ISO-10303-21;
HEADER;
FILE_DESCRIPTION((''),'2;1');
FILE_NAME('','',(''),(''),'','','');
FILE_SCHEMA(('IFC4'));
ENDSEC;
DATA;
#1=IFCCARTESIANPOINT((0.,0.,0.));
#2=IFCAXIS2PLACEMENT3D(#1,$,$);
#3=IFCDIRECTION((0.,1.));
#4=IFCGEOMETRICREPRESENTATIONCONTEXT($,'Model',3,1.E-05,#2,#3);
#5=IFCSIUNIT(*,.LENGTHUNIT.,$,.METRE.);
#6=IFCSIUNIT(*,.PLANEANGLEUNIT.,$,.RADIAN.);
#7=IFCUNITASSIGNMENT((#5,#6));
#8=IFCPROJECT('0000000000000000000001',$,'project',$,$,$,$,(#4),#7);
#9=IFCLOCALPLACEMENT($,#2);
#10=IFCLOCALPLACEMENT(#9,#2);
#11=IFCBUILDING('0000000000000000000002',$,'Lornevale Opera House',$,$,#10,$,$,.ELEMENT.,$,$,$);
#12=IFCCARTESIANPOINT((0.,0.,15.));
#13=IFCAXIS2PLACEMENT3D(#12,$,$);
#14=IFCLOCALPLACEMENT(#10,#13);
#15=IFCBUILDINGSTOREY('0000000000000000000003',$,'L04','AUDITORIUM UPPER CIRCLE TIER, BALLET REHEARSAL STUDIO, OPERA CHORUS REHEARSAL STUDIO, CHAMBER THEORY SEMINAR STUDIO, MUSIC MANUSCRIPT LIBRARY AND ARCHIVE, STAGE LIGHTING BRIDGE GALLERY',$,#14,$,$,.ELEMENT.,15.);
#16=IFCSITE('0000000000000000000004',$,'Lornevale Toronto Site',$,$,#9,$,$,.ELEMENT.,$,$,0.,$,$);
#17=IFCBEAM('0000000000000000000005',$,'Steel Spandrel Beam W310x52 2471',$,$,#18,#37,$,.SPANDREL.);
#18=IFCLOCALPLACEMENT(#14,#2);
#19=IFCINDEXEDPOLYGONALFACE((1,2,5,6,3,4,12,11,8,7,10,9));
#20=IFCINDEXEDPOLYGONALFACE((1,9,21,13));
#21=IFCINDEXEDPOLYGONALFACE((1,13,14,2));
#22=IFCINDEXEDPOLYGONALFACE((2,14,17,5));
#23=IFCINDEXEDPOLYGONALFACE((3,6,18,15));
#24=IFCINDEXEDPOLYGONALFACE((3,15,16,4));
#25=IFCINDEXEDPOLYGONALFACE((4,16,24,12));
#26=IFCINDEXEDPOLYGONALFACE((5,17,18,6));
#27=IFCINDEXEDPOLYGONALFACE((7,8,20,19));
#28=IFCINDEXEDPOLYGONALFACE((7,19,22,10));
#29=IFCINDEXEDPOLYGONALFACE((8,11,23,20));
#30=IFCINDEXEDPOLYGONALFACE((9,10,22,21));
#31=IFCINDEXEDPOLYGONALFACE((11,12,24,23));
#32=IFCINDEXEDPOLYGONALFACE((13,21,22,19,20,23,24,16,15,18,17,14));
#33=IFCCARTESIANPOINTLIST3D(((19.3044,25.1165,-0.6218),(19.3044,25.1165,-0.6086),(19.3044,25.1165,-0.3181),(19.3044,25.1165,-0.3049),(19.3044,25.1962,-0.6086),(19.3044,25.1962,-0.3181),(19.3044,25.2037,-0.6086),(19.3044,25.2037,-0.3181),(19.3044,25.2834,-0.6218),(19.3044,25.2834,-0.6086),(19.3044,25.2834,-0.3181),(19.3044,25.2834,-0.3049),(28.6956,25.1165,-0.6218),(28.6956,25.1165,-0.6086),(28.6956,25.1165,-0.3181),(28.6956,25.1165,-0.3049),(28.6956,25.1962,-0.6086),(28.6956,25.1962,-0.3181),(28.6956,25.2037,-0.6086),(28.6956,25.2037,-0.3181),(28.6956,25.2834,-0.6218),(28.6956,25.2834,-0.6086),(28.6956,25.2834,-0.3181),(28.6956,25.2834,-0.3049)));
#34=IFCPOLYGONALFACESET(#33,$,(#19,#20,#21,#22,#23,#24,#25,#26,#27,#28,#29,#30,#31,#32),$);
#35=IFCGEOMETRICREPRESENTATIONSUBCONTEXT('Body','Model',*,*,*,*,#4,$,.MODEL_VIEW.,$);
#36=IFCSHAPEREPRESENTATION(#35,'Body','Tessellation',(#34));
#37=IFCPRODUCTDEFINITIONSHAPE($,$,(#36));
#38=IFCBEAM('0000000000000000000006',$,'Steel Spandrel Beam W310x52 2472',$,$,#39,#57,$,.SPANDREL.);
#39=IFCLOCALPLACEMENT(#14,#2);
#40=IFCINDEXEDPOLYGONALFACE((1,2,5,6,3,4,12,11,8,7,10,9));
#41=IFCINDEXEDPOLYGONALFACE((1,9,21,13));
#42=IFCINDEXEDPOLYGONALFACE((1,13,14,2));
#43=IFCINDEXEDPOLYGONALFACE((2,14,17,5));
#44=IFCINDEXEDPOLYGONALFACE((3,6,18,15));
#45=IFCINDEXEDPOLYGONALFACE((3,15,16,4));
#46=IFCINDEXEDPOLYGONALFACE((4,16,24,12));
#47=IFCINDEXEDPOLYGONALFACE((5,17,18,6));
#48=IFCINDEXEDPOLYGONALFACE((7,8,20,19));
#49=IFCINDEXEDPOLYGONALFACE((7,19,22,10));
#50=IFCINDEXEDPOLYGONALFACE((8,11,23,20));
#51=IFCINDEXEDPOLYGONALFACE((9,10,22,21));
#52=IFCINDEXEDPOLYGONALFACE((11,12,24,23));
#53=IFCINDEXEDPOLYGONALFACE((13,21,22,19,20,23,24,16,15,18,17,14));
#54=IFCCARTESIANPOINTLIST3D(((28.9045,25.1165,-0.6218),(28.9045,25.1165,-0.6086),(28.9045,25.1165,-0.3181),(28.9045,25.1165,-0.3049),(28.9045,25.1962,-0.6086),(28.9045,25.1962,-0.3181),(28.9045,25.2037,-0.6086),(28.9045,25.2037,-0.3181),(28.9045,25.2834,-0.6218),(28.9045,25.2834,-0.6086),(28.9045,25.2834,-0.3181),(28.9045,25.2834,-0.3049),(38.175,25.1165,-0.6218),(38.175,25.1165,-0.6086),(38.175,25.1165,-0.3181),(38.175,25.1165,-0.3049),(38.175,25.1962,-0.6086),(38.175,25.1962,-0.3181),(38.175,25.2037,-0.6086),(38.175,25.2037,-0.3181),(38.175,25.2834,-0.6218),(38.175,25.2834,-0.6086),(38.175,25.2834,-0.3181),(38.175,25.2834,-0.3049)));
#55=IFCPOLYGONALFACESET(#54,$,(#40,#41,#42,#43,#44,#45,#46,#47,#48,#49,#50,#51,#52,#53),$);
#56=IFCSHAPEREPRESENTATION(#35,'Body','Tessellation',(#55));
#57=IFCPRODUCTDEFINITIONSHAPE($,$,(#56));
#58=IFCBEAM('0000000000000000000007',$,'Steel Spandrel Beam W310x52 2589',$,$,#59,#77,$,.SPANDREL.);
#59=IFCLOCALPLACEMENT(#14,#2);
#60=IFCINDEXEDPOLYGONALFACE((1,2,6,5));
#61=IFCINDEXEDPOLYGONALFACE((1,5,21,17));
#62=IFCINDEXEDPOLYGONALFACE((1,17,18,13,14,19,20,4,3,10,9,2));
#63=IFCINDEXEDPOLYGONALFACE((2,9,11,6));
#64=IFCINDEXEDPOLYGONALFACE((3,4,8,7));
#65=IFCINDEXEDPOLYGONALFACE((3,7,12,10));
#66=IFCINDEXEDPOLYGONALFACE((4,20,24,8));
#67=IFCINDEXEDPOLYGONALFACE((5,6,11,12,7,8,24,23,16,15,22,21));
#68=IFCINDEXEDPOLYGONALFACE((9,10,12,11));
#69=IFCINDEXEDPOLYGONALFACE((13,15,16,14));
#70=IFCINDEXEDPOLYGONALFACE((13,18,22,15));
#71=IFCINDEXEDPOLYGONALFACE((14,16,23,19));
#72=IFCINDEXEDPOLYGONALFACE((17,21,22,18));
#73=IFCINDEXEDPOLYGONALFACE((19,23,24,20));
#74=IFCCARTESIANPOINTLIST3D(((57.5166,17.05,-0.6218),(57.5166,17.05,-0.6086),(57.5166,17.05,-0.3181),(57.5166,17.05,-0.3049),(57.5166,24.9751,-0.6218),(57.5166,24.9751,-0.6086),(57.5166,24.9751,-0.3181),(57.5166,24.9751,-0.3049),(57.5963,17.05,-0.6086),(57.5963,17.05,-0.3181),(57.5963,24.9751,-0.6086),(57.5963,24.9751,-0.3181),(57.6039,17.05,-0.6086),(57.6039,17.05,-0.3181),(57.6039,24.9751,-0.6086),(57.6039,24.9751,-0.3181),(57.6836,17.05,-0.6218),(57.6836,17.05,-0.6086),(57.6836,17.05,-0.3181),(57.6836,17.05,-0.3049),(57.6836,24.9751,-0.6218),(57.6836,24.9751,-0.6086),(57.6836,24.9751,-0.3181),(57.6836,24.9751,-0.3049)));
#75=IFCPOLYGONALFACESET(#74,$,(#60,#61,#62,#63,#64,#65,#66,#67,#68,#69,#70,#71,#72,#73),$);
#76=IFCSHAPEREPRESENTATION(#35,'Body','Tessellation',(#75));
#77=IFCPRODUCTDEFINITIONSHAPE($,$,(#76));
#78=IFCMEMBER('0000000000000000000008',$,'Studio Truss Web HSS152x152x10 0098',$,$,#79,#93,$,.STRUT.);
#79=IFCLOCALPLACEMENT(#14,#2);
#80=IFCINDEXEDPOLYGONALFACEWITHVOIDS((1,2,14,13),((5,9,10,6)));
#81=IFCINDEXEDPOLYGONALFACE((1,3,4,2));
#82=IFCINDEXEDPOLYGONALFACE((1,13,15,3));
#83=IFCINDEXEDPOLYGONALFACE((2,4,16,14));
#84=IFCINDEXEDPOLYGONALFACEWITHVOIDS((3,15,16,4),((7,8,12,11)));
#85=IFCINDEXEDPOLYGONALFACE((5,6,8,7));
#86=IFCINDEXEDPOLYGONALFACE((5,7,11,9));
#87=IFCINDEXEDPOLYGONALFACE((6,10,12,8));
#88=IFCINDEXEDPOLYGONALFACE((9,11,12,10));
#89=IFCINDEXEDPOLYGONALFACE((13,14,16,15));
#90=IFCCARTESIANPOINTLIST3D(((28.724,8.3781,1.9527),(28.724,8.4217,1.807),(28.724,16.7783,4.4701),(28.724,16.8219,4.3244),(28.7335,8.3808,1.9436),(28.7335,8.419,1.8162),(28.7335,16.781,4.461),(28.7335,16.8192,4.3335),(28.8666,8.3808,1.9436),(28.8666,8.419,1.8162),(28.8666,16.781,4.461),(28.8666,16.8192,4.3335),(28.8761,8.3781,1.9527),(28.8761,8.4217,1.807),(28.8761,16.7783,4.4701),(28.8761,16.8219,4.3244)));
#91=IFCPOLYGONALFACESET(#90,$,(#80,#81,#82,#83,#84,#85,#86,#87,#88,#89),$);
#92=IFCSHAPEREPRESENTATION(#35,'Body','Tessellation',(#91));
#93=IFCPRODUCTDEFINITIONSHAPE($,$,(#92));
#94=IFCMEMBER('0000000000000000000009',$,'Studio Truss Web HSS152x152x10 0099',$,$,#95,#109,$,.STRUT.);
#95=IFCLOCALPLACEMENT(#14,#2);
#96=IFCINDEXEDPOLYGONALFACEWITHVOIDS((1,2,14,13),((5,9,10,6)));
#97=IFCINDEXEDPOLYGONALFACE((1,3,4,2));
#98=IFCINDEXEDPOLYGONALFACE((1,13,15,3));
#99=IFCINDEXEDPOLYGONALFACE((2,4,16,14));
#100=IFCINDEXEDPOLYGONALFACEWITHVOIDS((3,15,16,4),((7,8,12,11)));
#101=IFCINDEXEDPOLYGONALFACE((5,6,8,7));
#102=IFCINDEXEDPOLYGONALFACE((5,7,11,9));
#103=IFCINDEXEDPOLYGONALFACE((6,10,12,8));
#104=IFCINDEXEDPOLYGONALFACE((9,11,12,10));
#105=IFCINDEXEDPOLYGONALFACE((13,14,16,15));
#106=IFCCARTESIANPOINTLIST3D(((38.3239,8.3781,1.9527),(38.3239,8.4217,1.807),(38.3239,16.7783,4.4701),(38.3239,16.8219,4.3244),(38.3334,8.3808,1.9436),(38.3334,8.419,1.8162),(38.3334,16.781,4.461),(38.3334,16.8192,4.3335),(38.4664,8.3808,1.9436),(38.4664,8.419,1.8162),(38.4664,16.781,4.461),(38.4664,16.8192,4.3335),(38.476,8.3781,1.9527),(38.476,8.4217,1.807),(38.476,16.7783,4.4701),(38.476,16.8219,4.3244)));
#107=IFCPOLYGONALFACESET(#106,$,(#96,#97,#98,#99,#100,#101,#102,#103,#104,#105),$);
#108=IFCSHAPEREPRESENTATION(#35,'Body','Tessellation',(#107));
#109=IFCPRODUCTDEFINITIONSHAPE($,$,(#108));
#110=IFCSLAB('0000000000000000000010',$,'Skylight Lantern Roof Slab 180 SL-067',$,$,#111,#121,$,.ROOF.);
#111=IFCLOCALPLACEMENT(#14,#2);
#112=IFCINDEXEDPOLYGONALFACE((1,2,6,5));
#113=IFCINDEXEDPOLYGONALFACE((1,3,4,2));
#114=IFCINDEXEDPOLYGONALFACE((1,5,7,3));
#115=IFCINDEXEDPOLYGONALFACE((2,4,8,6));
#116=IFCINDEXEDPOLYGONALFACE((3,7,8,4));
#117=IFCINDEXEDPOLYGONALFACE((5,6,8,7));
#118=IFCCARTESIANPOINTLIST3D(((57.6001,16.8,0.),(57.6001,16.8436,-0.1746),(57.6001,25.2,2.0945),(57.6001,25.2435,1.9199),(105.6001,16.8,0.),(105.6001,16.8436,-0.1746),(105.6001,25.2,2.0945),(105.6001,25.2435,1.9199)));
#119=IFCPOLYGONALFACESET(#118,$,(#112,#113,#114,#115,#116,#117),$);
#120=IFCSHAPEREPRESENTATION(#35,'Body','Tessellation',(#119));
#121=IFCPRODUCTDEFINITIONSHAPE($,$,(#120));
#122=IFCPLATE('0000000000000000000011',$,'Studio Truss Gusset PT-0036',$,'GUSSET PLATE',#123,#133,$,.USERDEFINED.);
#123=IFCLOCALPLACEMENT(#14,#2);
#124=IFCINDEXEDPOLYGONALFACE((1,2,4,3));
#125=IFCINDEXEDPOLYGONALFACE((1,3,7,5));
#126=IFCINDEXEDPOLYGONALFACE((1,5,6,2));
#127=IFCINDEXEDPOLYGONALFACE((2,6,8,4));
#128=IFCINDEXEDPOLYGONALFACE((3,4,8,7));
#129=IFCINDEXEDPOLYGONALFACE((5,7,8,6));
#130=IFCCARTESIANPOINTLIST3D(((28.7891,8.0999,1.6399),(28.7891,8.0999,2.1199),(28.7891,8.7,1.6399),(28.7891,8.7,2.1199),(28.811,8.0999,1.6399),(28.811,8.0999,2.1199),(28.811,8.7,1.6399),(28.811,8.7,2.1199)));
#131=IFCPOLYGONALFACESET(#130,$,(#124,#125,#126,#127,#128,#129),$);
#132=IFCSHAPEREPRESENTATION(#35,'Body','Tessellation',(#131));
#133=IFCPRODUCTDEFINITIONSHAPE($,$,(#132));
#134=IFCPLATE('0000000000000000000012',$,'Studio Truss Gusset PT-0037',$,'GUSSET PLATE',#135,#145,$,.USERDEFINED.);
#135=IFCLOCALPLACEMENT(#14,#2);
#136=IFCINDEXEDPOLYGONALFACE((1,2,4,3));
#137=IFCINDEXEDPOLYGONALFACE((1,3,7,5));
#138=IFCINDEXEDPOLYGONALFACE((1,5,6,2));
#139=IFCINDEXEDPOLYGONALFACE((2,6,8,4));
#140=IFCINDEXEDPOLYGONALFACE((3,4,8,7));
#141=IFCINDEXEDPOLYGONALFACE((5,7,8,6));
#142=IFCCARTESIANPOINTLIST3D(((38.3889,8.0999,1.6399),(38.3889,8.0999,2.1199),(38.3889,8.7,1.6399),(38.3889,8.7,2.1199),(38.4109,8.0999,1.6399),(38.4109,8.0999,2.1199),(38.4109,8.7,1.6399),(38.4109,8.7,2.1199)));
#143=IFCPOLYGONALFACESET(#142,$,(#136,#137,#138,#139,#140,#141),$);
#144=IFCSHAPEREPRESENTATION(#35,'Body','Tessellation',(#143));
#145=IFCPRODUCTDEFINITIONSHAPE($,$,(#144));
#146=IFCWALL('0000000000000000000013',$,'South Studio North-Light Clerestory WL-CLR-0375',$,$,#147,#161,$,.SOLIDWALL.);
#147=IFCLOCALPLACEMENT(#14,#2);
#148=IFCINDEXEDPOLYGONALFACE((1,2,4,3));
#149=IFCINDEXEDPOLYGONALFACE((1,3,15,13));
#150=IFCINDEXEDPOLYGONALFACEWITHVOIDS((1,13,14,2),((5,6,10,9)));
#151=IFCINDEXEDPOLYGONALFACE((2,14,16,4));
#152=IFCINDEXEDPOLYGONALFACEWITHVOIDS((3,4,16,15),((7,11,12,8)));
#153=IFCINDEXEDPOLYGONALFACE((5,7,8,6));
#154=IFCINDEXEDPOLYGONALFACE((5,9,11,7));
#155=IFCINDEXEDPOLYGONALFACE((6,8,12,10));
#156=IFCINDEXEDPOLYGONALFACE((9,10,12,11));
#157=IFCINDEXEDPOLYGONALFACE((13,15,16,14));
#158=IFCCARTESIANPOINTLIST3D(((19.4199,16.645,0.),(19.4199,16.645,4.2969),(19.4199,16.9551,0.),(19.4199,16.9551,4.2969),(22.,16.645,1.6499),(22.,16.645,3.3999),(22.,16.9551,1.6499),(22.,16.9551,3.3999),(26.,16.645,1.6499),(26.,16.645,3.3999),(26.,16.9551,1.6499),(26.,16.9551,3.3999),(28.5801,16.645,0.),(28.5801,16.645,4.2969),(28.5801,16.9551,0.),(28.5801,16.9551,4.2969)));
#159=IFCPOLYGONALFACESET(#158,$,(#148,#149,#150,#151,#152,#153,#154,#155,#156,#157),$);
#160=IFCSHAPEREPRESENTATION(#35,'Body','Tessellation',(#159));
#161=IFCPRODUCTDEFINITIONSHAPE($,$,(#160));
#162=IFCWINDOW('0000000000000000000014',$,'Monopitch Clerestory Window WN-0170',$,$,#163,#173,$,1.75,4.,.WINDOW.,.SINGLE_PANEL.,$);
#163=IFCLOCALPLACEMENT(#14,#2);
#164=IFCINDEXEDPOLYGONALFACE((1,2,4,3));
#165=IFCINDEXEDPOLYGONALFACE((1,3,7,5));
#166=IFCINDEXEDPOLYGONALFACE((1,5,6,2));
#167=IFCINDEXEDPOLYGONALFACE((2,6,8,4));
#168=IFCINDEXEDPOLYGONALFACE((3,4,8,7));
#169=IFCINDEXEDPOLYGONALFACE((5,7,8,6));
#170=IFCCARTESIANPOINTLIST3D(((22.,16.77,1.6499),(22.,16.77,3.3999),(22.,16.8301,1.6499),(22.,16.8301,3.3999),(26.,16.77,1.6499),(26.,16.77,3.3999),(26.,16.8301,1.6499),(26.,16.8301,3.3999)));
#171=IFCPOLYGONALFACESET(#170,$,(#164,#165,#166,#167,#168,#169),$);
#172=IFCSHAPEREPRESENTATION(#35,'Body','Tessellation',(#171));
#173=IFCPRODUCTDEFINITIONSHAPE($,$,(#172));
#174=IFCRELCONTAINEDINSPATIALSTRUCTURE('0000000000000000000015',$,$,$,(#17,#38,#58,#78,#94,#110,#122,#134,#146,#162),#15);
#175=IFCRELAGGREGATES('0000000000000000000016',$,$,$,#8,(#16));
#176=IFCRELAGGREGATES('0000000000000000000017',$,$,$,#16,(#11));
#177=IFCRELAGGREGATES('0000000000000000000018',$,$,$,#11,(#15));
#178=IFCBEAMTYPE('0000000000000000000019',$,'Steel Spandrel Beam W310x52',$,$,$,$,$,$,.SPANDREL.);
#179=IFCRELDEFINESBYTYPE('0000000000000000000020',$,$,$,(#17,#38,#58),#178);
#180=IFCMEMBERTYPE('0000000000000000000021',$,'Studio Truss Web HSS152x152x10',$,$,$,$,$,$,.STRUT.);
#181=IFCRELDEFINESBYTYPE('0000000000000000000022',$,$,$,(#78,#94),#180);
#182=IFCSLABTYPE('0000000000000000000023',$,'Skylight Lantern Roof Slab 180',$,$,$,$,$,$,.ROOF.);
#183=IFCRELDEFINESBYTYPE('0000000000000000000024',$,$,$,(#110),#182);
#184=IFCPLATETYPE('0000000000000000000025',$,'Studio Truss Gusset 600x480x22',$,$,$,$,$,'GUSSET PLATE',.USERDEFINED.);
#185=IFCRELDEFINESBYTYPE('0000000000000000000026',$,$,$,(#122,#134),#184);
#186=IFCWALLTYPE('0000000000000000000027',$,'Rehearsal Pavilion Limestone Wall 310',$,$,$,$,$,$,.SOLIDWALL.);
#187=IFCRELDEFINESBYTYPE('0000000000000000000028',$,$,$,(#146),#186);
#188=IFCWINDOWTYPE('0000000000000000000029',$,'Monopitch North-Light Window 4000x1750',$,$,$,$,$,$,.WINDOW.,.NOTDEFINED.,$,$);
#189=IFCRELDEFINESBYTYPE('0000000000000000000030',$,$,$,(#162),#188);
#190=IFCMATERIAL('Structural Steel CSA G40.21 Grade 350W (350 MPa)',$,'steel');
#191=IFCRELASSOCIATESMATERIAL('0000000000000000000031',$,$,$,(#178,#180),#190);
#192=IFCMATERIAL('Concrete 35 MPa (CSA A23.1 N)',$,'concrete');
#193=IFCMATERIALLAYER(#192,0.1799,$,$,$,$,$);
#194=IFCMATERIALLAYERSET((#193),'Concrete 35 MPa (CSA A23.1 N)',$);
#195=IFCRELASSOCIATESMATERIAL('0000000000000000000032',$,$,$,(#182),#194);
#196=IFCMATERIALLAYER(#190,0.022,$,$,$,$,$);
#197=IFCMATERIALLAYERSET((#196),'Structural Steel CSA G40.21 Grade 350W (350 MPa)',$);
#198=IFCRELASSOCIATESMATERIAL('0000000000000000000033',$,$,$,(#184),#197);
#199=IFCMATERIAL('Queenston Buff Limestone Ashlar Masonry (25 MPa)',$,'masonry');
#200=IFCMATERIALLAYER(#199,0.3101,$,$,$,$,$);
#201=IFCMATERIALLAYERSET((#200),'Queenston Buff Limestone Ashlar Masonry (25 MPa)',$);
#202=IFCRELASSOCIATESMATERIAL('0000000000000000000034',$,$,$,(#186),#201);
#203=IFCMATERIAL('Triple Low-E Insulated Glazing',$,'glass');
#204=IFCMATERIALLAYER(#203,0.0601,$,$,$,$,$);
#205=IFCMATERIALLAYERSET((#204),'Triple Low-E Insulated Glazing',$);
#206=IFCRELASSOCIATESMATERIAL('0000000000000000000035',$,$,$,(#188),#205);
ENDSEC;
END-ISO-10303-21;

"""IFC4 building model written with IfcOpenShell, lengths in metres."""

from ifc_helpers import new_model, si_unit, direction, frame, frame_2d, origin, origin_2d, place, context, subcontext, project, spatial, polyline, rectangle, hollow_rectangle, i_section, outline, extrude, material, layer, layer_set, material_profile, profile_set, type_object, element, fill, save


model = new_model("IFC4")

# Units and contexts
model_context = context("Model", 3, precision=1e-05, world=origin(), true_north=direction((0.0, 1.0)))
body_context = subcontext(model_context, "Body", "Model", "MODEL_VIEW")
ifc_project = project(units=[si_unit("LENGTHUNIT", "METRE"), si_unit("PLANEANGLEUNIT", "RADIAN")], contexts=[model_context])

# Site, building, storey
site_placement = place(None, origin())
site = spatial("IfcSite", under=ifc_project, at=site_placement, Name="Lornevale Toronto Site", CompositionType="ELEMENT", RefElevation=0.0)
building_placement = place(site_placement, origin())
building = spatial("IfcBuilding", under=site, at=building_placement, Name="Lornevale Opera House", CompositionType="ELEMENT")
storey_placement = place(building_placement, frame((0.0, 0.0, 15.0)))
storey = spatial("IfcBuildingStorey", under=building, at=storey_placement, Name="L04", Description="AUDITORIUM UPPER CIRCLE TIER, BALLET REHEARSAL STUDIO, OPERA CHORUS REHEARSAL STUDIO, CHAMBER THEORY SEMINAR STUDIO, MUSIC MANUSCRIPT LIBRARY AND ARCHIVE, STAGE LIGHTING BRIDGE GALLERY", CompositionType="ELEMENT", Elevation=15.0)

# Shared definitions
ifc_material_1 = material(Name="Structural Steel CSA G40.21 Grade 350W (350 MPa)", Category="steel")

# Beams
ifc_material_profile_1 = material_profile(ifc_material_1, i_section(OverallWidth=0.167, OverallDepth=0.3169, WebThickness=0.0076, FlangeThickness=0.0132, at=origin_2d()), Name="W310x52")
ifc_profile_set_1 = profile_set([ifc_material_profile_1], Name="Structural Steel CSA G40.21 Grade 350W (350 MPa)")
beam_type_1 = type_object("IfcBeamType", Name="Steel Spandrel Beam W310x52", PredefinedType="SPANDREL", material=ifc_profile_set_1)
beam_1_placement = place(storey_placement, frame((19.3044, 25.2, -0.4634), z_axis=(1.0, 0.0, 0.0), x_axis=(0.0, 1.0, 0.0)))
element("IfcBeam", 1, at=beam_1_placement, inside=storey, type_object=beam_type_1, Name="Steel Spandrel Beam W310x52 2471", PredefinedType="SPANDREL", context=body_context, shape_type="SweptSolid", body=[
    extrude(i_section(OverallWidth=0.167, OverallDepth=0.3169, WebThickness=0.0076, FlangeThickness=0.0132, at=origin_2d()), origin(), (0.0, 0.0, 1.0), 9.3911),
])
beam_2_placement = place(storey_placement, frame((28.9045, 25.2, -0.4634), z_axis=(1.0, 0.0, 0.0), x_axis=(0.0, 1.0, 0.0)))
element("IfcBeam", 2, at=beam_2_placement, inside=storey, type_object=beam_type_1, Name="Steel Spandrel Beam W310x52 2472", PredefinedType="SPANDREL", context=body_context, shape_type="SweptSolid", body=[
    extrude(i_section(OverallWidth=0.167, OverallDepth=0.3169, WebThickness=0.0076, FlangeThickness=0.0132, at=origin_2d()), origin(), (0.0, 0.0, 1.0), 9.2705),
])
beam_3_placement = place(storey_placement, frame((57.6001, 17.05, -0.4634), z_axis=(0.0, 1.0, 0.0), x_axis=(-1.0, 0.0, 0.0)))
element("IfcBeam", 3, at=beam_3_placement, inside=storey, type_object=beam_type_1, Name="Steel Spandrel Beam W310x52 2589", PredefinedType="SPANDREL", context=body_context, shape_type="SweptSolid", body=[
    extrude(i_section(OverallWidth=0.167, OverallDepth=0.3169, WebThickness=0.0076, FlangeThickness=0.0132, at=origin_2d()), origin(), (0.0, 0.0, 1.0), 7.925),
])

# Members
ifc_material_profile_2 = material_profile(ifc_material_1, hollow_rectangle(XDim=0.1521, YDim=0.1521, WallThickness=0.0095, at=origin_2d()), Name="HSS152x152x10")
ifc_profile_set_2 = profile_set([ifc_material_profile_2], Name="Structural Steel CSA G40.21 Grade 350W (350 MPa)")
member_type = type_object("IfcMemberType", Name="Studio Truss Web HSS152x152x10", PredefinedType="STRUT", material=ifc_profile_set_2)
for number, where, z_axis, x_axis, name in (
    (4, (28.8, 8.3999, 1.8799), (0.0, 0.957911, 0.287064), (-1.0, 0.0, 0.0), "Studio Truss Web HSS152x152x10 0098"),
    (5, (38.3999, 8.3999, 1.8799), (0.0, 0.957911, 0.287064), (-1.0, 0.0, 0.0), "Studio Truss Web HSS152x152x10 0099"),
):
    element("IfcMember", number, at=place(storey_placement, frame(where, z_axis=z_axis, x_axis=x_axis)), inside=storey, type_object=member_type, Name=name, PredefinedType="STRUT", context=body_context, shape_type="SweptSolid", body=[
        extrude(hollow_rectangle(XDim=0.1521, YDim=0.1521, WallThickness=0.0095, at=origin_2d()), origin(), (0.0, 0.0, 1.0), 8.7693),
    ])

# Slab
ifc_material_2 = material(Name="Concrete 35 MPa (CSA A23.1 N)", Category="concrete")
ifc_layer_1 = layer(ifc_material_2, 0.1799)
ifc_layer_set_1 = layer_set([ifc_layer_1], Name="Concrete 35 MPa (CSA A23.1 N)")
slab_type = type_object("IfcSlabType", Name="Skylight Lantern Roof Slab 180", PredefinedType="ROOF", material=ifc_layer_set_1)
slab_placement = place(storey_placement, frame((57.6001, 16.8, 0.0), z_axis=(0.0, -0.241938, 0.970292), x_axis=(1.0, 0.0, 0.0)))
element("IfcSlab", 6, at=slab_placement, inside=storey, type_object=slab_type, Name="Skylight Lantern Roof Slab 180 SL-067", PredefinedType="ROOF", context=body_context, shape_type="SweptSolid", body=[
    extrude(outline(polyline([(0.0, 0.0), (48.0, 0.0), (48.0, 8.6571), (0.0, 8.6571), (0.0, 0.0)])), origin(), (0.0, 0.0, -1.0), 0.1799),
])

# Plates
ifc_layer_2 = layer(ifc_material_1, 0.022)
ifc_layer_set_2 = layer_set([ifc_layer_2], Name="Structural Steel CSA G40.21 Grade 350W (350 MPa)")
plate_type = type_object("IfcPlateType", Name="Studio Truss Gusset 600x480x22", ElementType="GUSSET PLATE", PredefinedType="USERDEFINED", material=ifc_layer_set_2)
for number, where, z_axis, x_axis, name in (
    (7, (28.8, 8.3999, 1.6399), (0.0, 0.0, 1.0), (0.0, 1.0, 0.0), "Studio Truss Gusset PT-0036"),
    (8, (38.3999, 8.3999, 1.6399), (0.0, 0.0, 1.0), (0.0, 1.0, 0.0), "Studio Truss Gusset PT-0037"),
):
    element("IfcPlate", number, at=place(storey_placement, frame(where, z_axis=z_axis, x_axis=x_axis)), inside=storey, type_object=plate_type, Name=name, ObjectType="GUSSET PLATE", PredefinedType="USERDEFINED", context=body_context, shape_type="SweptSolid", body=[
        extrude(rectangle(XDim=0.6001, YDim=0.022, at=origin_2d()), origin(), (0.0, 0.0, 1.0), 0.48),
    ])

# Wall, opening, window
ifc_material_3 = material(Name="Queenston Buff Limestone Ashlar Masonry (25 MPa)", Category="masonry")
ifc_layer_3 = layer(ifc_material_3, 0.3101)
ifc_layer_set_3 = layer_set([ifc_layer_3], Name="Queenston Buff Limestone Ashlar Masonry (25 MPa)")
wall_type_1 = type_object("IfcWallType", Name="Rehearsal Pavilion Limestone Wall 310", PredefinedType="SOLIDWALL", material=ifc_layer_set_3)
wall_1_placement = place(storey_placement, frame((19.4199, 16.8, 0.0), z_axis=(0.0, 0.0, 1.0), x_axis=(1.0, 0.0, 0.0)))
wall_1 = element("IfcWall", 9, at=wall_1_placement, inside=storey, type_object=wall_type_1, Name="South Studio North-Light Clerestory WL-CLR-0375", PredefinedType="SOLIDWALL", context=body_context, shape_type="SweptSolid", body=[
    extrude(rectangle(XDim=9.1602, YDim=0.3101, at=frame_2d((4.5801, 0.0))), origin(), (0.0, 0.0, 1.0), 4.2969),
])
opening_1_placement = place(wall_1_placement, frame((2.5801, 0.0, 1.6499)))
opening_1 = element("IfcOpeningElement", 10, at=opening_1_placement, cuts=wall_1, PredefinedType="OPENING", context=body_context, shape_type="SweptSolid", body=[
    extrude(rectangle(XDim=4.0, YDim=1.75, at=frame_2d((2.0, 0.875))), frame((0.0, 0.165, 0.0), z_axis=(0.0, -1.0, 0.0), x_axis=(1.0, 0.0, 0.0)), (0.0, 0.0, 1.0), 0.3301),
])
ifc_material_4 = material(Name="Triple Low-E Insulated Glazing", Category="glass")
ifc_layer_4 = layer(ifc_material_4, 0.0601)
ifc_layer_set_4 = layer_set([ifc_layer_4], Name="Triple Low-E Insulated Glazing")
window_type = type_object("IfcWindowType", Name="Monopitch North-Light Window 4000x1750", PartitioningType="NOTDEFINED", PredefinedType="WINDOW", material=ifc_layer_set_4)
window_1_placement = place(opening_1_placement, origin())
window_1 = element("IfcWindow", 11, at=window_1_placement, inside=storey, type_object=window_type, Name="Monopitch Clerestory Window WN-0170", OverallHeight=1.75, OverallWidth=4.0, PartitioningType="SINGLE_PANEL", PredefinedType="WINDOW", context=body_context, shape_type="SweptSolid", body=[
    extrude(rectangle(XDim=4.0, YDim=1.75, at=frame_2d((2.0, 0.875))), frame((0.0, 0.03, 0.0), z_axis=(0.0, -1.0, 0.0), x_axis=(1.0, 0.0, 0.0)), (0.0, 0.0, 1.0), 0.0601),
])
fill(opening_1, window_1)

save(model, "model.ifc")
